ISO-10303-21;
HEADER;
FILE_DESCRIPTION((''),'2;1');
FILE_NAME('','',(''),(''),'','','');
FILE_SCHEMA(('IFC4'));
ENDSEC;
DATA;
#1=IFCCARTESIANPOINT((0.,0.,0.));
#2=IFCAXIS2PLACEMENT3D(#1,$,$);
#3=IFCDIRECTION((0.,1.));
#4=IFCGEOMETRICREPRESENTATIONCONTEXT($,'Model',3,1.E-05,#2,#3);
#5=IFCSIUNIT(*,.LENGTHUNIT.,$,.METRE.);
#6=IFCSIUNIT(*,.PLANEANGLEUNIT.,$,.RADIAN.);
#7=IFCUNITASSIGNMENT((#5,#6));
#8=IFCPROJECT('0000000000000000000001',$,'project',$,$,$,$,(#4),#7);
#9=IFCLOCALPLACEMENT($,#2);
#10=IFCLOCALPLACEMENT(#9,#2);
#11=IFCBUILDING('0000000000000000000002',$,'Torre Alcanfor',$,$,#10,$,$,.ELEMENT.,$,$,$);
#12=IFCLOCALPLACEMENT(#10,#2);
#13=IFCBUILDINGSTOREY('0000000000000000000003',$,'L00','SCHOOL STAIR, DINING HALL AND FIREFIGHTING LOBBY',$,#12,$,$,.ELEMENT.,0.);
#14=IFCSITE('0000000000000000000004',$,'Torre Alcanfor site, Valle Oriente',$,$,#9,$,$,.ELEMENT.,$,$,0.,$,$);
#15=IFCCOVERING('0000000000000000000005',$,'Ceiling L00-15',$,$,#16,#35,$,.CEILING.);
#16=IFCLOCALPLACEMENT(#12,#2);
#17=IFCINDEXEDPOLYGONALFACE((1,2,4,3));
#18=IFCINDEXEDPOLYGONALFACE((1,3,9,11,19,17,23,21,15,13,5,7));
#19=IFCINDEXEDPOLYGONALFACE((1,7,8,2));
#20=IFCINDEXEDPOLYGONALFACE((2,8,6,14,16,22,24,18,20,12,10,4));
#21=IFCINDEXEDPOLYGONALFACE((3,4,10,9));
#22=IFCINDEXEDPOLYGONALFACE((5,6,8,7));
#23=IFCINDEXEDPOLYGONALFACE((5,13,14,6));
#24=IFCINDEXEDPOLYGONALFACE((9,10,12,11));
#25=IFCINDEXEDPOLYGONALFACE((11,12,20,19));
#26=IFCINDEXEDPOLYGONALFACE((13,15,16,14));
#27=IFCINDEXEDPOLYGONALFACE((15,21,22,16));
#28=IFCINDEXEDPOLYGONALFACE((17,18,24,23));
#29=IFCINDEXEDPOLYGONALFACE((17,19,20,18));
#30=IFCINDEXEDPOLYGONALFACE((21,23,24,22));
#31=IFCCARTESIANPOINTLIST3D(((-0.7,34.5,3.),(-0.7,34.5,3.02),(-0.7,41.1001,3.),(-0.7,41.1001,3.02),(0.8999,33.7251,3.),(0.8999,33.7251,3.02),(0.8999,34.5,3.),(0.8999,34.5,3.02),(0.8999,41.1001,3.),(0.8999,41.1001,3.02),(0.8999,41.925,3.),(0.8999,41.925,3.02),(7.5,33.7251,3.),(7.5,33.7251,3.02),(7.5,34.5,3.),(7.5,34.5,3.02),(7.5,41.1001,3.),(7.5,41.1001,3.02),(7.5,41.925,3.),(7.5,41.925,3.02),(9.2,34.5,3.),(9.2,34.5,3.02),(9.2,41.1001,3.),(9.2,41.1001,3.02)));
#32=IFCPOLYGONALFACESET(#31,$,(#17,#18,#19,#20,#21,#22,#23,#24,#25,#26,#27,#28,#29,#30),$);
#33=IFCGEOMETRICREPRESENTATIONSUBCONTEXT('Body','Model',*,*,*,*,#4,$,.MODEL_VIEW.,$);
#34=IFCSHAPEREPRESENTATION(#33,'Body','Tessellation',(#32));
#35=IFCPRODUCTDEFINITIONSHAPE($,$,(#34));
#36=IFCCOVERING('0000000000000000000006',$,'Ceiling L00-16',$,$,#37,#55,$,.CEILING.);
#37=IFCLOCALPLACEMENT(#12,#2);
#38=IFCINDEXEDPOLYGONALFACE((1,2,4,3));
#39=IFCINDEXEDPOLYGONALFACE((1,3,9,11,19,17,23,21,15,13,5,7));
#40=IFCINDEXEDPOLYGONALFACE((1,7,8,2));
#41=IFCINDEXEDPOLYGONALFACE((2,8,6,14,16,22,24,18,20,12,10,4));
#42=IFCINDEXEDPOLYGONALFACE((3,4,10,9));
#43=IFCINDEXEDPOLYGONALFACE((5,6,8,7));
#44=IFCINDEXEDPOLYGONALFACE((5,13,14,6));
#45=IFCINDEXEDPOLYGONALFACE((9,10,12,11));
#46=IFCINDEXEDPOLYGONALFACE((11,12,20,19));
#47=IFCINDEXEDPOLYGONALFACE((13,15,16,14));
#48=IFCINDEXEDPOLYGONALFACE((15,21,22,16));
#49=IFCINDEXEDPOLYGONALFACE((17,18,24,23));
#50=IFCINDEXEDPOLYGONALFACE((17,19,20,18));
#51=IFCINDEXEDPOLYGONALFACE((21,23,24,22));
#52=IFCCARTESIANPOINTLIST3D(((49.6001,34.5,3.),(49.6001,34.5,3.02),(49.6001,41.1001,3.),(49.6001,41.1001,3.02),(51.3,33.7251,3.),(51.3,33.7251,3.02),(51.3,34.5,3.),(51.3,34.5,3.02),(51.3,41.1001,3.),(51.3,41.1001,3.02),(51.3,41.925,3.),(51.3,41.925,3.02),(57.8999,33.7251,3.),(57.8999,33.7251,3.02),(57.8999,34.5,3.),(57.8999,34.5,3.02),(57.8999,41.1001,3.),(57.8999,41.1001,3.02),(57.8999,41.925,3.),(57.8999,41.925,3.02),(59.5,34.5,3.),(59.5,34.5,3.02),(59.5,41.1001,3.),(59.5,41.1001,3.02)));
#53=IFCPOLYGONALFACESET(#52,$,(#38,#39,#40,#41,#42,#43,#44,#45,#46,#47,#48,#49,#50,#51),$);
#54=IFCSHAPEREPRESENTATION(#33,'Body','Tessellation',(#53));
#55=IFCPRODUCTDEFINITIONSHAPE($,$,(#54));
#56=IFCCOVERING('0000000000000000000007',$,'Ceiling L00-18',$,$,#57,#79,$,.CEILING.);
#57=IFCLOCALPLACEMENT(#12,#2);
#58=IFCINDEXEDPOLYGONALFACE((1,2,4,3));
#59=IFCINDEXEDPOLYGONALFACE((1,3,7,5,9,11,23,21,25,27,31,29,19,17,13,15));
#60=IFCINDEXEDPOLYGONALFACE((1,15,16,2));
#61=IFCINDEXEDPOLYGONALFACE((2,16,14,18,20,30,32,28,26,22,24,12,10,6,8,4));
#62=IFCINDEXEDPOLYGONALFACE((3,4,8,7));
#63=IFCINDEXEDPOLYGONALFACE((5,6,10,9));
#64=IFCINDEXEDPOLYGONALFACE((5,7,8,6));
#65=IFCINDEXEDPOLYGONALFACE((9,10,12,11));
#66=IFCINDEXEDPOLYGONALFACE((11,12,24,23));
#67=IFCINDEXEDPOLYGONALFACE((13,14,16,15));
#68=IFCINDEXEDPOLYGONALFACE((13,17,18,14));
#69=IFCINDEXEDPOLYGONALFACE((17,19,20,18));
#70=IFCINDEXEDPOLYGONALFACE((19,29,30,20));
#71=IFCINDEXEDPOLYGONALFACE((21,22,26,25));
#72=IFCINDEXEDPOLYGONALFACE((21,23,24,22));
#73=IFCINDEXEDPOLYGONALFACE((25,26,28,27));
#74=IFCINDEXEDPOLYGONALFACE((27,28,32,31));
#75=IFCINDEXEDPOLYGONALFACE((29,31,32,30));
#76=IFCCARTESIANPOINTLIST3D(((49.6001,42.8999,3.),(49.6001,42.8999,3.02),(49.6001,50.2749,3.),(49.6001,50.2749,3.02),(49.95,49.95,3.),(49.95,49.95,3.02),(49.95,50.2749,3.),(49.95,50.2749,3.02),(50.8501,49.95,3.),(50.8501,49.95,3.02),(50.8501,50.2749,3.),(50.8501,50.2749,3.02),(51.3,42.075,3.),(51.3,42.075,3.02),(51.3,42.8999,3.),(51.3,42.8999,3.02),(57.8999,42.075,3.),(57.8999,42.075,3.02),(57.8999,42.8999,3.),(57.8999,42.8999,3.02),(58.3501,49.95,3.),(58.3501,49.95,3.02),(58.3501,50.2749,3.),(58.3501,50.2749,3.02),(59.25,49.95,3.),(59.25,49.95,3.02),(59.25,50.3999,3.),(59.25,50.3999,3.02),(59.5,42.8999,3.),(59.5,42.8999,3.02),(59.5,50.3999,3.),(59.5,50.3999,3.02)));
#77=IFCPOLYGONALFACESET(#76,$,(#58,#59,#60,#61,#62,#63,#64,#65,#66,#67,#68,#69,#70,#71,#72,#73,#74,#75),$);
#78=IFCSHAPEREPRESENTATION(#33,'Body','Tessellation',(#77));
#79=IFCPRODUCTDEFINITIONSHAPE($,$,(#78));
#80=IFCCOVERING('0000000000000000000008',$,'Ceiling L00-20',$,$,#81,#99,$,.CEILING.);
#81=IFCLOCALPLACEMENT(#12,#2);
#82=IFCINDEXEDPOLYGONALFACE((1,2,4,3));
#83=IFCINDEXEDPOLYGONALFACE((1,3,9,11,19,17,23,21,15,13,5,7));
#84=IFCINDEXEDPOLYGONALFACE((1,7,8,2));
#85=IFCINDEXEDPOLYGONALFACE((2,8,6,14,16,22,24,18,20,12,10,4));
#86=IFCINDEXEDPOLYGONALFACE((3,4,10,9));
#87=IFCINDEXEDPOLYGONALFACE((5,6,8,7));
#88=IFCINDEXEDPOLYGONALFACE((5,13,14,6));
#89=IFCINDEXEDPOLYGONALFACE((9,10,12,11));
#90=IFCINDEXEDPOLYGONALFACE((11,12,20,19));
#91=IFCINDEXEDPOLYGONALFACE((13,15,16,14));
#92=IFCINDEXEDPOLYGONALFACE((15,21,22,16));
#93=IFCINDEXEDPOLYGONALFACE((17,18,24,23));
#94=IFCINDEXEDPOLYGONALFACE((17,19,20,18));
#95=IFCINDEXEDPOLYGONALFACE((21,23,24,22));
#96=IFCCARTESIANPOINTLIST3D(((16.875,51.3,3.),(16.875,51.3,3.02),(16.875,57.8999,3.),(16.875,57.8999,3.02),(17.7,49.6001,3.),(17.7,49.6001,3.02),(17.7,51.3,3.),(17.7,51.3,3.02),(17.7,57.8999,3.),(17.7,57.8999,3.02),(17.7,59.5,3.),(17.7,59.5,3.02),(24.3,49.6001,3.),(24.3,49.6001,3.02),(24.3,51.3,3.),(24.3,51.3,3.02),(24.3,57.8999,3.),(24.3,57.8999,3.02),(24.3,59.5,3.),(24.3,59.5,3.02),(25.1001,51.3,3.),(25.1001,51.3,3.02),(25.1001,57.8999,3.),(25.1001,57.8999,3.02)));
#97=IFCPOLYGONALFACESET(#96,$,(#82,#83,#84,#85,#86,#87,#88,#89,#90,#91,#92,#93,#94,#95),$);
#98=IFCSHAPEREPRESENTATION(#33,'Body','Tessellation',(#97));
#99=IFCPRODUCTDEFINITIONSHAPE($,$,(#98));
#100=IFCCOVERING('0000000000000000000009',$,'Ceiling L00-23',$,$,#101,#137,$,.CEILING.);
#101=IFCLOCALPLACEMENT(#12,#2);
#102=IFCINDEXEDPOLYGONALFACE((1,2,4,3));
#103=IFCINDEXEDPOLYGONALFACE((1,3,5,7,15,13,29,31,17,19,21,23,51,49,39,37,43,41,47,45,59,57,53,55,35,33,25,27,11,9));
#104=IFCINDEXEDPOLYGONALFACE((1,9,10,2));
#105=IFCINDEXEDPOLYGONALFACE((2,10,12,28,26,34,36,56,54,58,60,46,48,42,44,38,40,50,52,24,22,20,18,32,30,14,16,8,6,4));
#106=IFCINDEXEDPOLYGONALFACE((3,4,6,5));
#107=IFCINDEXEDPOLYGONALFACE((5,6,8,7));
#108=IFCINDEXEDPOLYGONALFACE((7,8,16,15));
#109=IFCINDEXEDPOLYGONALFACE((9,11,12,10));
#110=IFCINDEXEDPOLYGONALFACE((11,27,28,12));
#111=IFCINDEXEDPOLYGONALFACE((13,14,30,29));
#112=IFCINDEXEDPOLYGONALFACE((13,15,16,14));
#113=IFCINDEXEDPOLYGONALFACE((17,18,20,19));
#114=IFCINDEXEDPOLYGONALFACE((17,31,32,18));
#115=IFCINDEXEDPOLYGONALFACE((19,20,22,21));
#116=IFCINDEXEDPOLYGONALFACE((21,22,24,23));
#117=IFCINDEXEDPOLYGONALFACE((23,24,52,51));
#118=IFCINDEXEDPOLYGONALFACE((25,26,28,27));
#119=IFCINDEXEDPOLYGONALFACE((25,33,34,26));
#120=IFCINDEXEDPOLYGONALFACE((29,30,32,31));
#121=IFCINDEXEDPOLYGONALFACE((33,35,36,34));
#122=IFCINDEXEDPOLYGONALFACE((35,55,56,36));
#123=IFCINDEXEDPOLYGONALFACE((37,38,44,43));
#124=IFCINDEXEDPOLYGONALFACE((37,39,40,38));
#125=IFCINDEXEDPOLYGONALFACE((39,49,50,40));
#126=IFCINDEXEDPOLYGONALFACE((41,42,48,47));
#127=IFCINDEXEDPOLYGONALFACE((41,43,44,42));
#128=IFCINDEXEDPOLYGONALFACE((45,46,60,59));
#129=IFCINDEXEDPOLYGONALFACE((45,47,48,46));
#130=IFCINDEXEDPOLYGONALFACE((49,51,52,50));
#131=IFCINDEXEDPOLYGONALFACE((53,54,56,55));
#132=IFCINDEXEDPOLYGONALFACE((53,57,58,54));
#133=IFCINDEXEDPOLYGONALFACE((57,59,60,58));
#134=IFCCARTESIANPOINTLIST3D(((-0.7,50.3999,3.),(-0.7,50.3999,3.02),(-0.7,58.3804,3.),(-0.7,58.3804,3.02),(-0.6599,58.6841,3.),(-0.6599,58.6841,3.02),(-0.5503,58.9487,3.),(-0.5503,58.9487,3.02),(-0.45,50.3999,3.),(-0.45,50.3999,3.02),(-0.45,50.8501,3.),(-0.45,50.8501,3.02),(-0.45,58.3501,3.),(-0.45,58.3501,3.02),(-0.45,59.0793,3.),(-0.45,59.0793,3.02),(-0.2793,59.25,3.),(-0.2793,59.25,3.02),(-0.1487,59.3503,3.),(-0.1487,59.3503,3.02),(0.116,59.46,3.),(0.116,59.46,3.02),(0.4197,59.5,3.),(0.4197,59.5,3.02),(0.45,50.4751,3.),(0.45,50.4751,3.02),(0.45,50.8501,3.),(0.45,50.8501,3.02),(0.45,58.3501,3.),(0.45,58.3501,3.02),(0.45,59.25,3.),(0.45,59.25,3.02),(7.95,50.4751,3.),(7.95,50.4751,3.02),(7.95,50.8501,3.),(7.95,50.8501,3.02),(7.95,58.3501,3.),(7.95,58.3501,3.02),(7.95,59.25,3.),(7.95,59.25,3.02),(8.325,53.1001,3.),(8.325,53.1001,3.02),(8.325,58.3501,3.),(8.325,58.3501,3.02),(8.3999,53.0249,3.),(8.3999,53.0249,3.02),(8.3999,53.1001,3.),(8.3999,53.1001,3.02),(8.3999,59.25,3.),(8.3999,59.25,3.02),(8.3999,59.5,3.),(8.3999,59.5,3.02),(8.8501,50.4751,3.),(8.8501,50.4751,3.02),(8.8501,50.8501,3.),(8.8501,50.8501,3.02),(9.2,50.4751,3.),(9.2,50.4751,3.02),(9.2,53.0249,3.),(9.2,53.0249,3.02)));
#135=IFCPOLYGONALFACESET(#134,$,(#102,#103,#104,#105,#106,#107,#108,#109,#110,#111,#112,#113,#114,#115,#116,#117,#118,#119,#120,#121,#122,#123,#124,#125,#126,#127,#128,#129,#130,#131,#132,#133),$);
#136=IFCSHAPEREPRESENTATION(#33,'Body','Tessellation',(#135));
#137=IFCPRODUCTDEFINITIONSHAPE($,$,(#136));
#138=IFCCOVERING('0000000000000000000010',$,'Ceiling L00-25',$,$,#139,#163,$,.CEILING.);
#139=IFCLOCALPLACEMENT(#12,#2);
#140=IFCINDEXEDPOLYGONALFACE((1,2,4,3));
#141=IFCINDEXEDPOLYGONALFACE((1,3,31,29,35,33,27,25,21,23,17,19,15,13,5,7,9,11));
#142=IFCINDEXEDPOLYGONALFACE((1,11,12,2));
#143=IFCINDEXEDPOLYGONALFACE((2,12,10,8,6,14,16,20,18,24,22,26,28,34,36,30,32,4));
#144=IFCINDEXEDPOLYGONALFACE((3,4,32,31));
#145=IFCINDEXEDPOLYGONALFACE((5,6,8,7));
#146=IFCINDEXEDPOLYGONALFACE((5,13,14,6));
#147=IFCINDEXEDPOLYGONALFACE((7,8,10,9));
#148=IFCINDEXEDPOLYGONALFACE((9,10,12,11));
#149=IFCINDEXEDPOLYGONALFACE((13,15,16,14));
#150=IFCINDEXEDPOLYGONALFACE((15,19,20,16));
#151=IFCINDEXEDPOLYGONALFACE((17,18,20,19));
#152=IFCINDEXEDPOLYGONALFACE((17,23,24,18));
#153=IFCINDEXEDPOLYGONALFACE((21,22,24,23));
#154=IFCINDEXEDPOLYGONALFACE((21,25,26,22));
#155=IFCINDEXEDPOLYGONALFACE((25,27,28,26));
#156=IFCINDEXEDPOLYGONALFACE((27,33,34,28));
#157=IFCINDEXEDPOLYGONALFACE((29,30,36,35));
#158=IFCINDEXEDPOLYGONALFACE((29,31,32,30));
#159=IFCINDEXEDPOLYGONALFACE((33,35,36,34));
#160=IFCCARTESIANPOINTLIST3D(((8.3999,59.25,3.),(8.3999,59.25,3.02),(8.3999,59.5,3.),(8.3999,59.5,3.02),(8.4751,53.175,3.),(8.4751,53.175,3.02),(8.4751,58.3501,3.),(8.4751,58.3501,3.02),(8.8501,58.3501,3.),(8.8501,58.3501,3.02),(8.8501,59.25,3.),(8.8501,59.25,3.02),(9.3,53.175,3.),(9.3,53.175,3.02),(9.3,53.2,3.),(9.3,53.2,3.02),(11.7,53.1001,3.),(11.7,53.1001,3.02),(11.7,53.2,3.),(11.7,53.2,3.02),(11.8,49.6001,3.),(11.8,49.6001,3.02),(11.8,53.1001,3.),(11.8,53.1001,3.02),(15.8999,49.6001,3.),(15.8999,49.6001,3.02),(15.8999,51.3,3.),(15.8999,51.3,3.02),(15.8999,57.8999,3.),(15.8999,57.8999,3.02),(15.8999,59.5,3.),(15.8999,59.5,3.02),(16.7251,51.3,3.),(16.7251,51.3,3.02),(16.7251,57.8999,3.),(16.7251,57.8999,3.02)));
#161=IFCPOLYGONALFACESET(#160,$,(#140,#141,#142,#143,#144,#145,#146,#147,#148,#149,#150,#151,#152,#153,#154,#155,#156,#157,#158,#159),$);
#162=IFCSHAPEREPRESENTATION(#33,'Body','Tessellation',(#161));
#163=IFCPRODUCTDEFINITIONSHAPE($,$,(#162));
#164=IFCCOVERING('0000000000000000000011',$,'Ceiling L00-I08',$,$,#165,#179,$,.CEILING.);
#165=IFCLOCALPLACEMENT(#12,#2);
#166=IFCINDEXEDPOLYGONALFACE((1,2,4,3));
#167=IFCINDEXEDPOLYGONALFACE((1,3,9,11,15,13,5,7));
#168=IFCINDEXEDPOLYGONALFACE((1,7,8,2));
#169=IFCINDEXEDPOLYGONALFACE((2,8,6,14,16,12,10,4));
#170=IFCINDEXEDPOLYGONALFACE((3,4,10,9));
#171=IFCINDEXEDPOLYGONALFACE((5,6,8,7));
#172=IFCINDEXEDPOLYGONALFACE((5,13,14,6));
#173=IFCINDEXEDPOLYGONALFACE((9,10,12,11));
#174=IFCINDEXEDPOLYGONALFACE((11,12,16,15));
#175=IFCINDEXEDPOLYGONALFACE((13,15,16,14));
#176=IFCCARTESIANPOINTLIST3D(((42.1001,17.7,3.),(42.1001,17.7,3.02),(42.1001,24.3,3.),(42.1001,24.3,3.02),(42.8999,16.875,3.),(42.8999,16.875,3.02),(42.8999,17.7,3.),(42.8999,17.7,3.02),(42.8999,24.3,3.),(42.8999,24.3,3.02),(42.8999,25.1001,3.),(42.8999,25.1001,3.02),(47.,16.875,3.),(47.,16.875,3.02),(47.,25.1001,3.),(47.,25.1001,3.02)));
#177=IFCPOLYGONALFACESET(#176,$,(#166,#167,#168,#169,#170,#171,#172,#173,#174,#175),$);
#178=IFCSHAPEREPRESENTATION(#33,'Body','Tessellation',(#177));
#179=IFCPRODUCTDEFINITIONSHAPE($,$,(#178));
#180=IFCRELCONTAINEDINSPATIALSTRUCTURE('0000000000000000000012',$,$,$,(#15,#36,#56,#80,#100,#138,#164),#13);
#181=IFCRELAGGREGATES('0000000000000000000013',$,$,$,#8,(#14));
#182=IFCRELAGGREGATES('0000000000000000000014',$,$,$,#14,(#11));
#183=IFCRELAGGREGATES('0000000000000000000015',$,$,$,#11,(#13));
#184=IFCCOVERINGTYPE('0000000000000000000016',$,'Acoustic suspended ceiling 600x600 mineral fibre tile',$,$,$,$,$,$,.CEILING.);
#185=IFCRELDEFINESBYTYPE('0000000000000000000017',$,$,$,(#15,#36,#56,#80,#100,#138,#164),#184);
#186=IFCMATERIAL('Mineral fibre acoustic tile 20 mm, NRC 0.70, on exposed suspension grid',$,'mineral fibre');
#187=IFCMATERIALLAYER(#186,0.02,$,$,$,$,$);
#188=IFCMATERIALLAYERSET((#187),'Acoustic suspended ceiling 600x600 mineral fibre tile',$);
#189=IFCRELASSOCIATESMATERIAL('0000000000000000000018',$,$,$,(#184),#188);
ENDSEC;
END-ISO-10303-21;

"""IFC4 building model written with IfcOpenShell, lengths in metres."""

from ifc_helpers import new_model, si_unit, direction, frame, origin, place, context, subcontext, project, spatial, polyline, outline, extrude, material, layer, layer_set, type_object, element, save


model = new_model("IFC4")

# Units and contexts
model_context = context("Model", 3, precision=1e-05, world=origin(), true_north=direction((0.0, 1.0)))
body_context = subcontext(model_context, "Body", "Model", "MODEL_VIEW")
ifc_project = project(units=[si_unit("LENGTHUNIT", "METRE"), si_unit("PLANEANGLEUNIT", "RADIAN")], contexts=[model_context])

# Site, building, storey
site_placement = place(None, origin())
site = spatial("IfcSite", under=ifc_project, at=site_placement, Name="Torre Alcanfor site, Valle Oriente", CompositionType="ELEMENT", RefElevation=0.0)
building_placement = place(site_placement, origin())
building = spatial("IfcBuilding", under=site, at=building_placement, Name="Torre Alcanfor", CompositionType="ELEMENT")
storey_placement = place(building_placement, origin())
storey = spatial("IfcBuildingStorey", under=building, at=storey_placement, Name="L00", Description="SCHOOL STAIR, DINING HALL AND FIREFIGHTING LOBBY", CompositionType="ELEMENT", Elevation=0.0)

# Coverings
ifc_material_1 = material(Name="Mineral fibre acoustic tile 20 mm, NRC 0.70, on exposed suspension grid", Category="mineral fibre")
ifc_layer_1 = layer(ifc_material_1, 0.02)
ifc_layer_set_1 = layer_set([ifc_layer_1], Name="Acoustic suspended ceiling 600x600 mineral fibre tile")
covering_type_1 = type_object("IfcCoveringType", Name="Acoustic suspended ceiling 600x600 mineral fibre tile", PredefinedType="CEILING", material=ifc_layer_set_1)
covering_1_placement = place(storey_placement, frame((0.0, 0.0, 3.0)))
element("IfcCovering", 1, at=covering_1_placement, inside=storey, type_object=covering_type_1, Name="Ceiling L00-15", PredefinedType="CEILING", context=body_context, shape_type="SweptSolid", body=[
    extrude(outline(polyline([(7.5, 33.7251), (7.5, 34.5), (9.2, 34.5), (9.2, 41.1001), (7.5, 41.1001), (7.5, 41.925), (0.8999, 41.925), (0.8999, 41.1001), (-0.7, 41.1001), (-0.7, 34.5), (0.8999, 34.5), (0.8999, 33.7251), (7.5, 33.7251)])), origin(), (0.0, 0.0, 1.0), 0.02),
])
covering_2_placement = place(storey_placement, frame((0.0, 0.0, 3.0)))
element("IfcCovering", 2, at=covering_2_placement, inside=storey, type_object=covering_type_1, Name="Ceiling L00-16", PredefinedType="CEILING", context=body_context, shape_type="SweptSolid", body=[
    extrude(outline(polyline([(57.8999, 34.5), (59.5, 34.5), (59.5, 41.1001), (57.8999, 41.1001), (57.8999, 41.925), (51.3, 41.925), (51.3, 41.1001), (49.6001, 41.1001), (49.6001, 34.5), (51.3, 34.5), (51.3, 33.7251), (57.8999, 33.7251), (57.8999, 34.5)])), origin(), (0.0, 0.0, 1.0), 0.02),
])
covering_3_placement = place(storey_placement, frame((0.0, 0.0, 3.0)))
element("IfcCovering", 3, at=covering_3_placement, inside=storey, type_object=covering_type_1, Name="Ceiling L00-18", PredefinedType="CEILING", context=body_context, shape_type="SweptSolid", body=[
    extrude(outline(polyline([(57.8999, 42.8999), (59.5, 42.8999), (59.5, 50.3999), (59.25, 50.3999), (59.25, 49.95), (58.3501, 49.95), (58.3501, 50.2749), (50.8501, 50.2749), (50.8501, 49.95), (49.95, 49.95), (49.95, 50.2749), (49.6001, 50.2749), (49.6001, 42.8999), (51.3, 42.8999), (51.3, 42.075), (57.8999, 42.075), (57.8999, 42.8999)])), origin(), (0.0, 0.0, 1.0), 0.02),
])
covering_4_placement = place(storey_placement, frame((0.0, 0.0, 3.0)))
element("IfcCovering", 4, at=covering_4_placement, inside=storey, type_object=covering_type_1, Name="Ceiling L00-20", PredefinedType="CEILING", context=body_context, shape_type="SweptSolid", body=[
    extrude(outline(polyline([(16.875, 51.3), (17.7, 51.3), (17.7, 49.6001), (24.3, 49.6001), (24.3, 51.3), (25.1001, 51.3), (25.1001, 57.8999), (24.3, 57.8999), (24.3, 59.5), (17.7, 59.5), (17.7, 57.8999), (16.875, 57.8999), (16.875, 51.3)])), origin(), (0.0, 0.0, 1.0), 0.02),
])
covering_5_placement = place(storey_placement, frame((0.0, 0.0, 3.0)))
element("IfcCovering", 5, at=covering_5_placement, inside=storey, type_object=covering_type_1, Name="Ceiling L00-23", PredefinedType="CEILING", context=body_context, shape_type="SweptSolid", body=[
    extrude(outline(polyline([(-0.45, 59.0793), (-0.5503, 58.9487), (-0.6599, 58.6841), (-0.7, 58.3804), (-0.7, 50.3999), (-0.45, 50.3999), (-0.45, 50.8501), (0.45, 50.8501), (0.45, 50.4751), (7.95, 50.4751), (7.95, 50.8501), (8.8501, 50.8501), (8.8501, 50.4751), (9.2, 50.4751), (9.2, 53.0249), (8.3999, 53.0249), (8.3999, 53.1001), (8.325, 53.1001), (8.325, 58.3501), (7.95, 58.3501), (7.95, 59.25), (8.3999, 59.25), (8.3999, 59.5), (0.4197, 59.5), (0.116, 59.46), (-0.1487, 59.3503), (-0.2793, 59.25), (0.45, 59.25), (0.45, 58.3501), (-0.45, 58.3501), (-0.45, 59.0793)])), origin(), (0.0, 0.0, 1.0), 0.02),
])
covering_6_placement = place(storey_placement, frame((0.0, 0.0, 3.0)))
element("IfcCovering", 6, at=covering_6_placement, inside=storey, type_object=covering_type_1, Name="Ceiling L00-25", PredefinedType="CEILING", context=body_context, shape_type="SweptSolid", body=[
    extrude(outline(polyline([(8.3999, 59.25), (8.8501, 59.25), (8.8501, 58.3501), (8.4751, 58.3501), (8.4751, 53.175), (9.3, 53.175), (9.3, 53.2), (11.7, 53.2), (11.7, 53.1001), (11.8, 53.1001), (11.8, 49.6001), (15.8999, 49.6001), (15.8999, 51.3), (16.7251, 51.3), (16.7251, 57.8999), (15.8999, 57.8999), (15.8999, 59.5), (8.3999, 59.5), (8.3999, 59.25)])), origin(), (0.0, 0.0, 1.0), 0.02),
])
covering_7_placement = place(storey_placement, frame((0.0, 0.0, 3.0)))
element("IfcCovering", 7, at=covering_7_placement, inside=storey, type_object=covering_type_1, Name="Ceiling L00-I08", PredefinedType="CEILING", context=body_context, shape_type="SweptSolid", body=[
    extrude(outline(polyline([(42.8999, 25.1001), (42.8999, 24.3), (42.1001, 24.3), (42.1001, 17.7), (42.8999, 17.7), (42.8999, 16.875), (47.0, 16.875), (47.0, 25.1001), (42.8999, 25.1001)])), origin(), (0.0, 0.0, 1.0), 0.02),
])

save(model, "model.ifc")
